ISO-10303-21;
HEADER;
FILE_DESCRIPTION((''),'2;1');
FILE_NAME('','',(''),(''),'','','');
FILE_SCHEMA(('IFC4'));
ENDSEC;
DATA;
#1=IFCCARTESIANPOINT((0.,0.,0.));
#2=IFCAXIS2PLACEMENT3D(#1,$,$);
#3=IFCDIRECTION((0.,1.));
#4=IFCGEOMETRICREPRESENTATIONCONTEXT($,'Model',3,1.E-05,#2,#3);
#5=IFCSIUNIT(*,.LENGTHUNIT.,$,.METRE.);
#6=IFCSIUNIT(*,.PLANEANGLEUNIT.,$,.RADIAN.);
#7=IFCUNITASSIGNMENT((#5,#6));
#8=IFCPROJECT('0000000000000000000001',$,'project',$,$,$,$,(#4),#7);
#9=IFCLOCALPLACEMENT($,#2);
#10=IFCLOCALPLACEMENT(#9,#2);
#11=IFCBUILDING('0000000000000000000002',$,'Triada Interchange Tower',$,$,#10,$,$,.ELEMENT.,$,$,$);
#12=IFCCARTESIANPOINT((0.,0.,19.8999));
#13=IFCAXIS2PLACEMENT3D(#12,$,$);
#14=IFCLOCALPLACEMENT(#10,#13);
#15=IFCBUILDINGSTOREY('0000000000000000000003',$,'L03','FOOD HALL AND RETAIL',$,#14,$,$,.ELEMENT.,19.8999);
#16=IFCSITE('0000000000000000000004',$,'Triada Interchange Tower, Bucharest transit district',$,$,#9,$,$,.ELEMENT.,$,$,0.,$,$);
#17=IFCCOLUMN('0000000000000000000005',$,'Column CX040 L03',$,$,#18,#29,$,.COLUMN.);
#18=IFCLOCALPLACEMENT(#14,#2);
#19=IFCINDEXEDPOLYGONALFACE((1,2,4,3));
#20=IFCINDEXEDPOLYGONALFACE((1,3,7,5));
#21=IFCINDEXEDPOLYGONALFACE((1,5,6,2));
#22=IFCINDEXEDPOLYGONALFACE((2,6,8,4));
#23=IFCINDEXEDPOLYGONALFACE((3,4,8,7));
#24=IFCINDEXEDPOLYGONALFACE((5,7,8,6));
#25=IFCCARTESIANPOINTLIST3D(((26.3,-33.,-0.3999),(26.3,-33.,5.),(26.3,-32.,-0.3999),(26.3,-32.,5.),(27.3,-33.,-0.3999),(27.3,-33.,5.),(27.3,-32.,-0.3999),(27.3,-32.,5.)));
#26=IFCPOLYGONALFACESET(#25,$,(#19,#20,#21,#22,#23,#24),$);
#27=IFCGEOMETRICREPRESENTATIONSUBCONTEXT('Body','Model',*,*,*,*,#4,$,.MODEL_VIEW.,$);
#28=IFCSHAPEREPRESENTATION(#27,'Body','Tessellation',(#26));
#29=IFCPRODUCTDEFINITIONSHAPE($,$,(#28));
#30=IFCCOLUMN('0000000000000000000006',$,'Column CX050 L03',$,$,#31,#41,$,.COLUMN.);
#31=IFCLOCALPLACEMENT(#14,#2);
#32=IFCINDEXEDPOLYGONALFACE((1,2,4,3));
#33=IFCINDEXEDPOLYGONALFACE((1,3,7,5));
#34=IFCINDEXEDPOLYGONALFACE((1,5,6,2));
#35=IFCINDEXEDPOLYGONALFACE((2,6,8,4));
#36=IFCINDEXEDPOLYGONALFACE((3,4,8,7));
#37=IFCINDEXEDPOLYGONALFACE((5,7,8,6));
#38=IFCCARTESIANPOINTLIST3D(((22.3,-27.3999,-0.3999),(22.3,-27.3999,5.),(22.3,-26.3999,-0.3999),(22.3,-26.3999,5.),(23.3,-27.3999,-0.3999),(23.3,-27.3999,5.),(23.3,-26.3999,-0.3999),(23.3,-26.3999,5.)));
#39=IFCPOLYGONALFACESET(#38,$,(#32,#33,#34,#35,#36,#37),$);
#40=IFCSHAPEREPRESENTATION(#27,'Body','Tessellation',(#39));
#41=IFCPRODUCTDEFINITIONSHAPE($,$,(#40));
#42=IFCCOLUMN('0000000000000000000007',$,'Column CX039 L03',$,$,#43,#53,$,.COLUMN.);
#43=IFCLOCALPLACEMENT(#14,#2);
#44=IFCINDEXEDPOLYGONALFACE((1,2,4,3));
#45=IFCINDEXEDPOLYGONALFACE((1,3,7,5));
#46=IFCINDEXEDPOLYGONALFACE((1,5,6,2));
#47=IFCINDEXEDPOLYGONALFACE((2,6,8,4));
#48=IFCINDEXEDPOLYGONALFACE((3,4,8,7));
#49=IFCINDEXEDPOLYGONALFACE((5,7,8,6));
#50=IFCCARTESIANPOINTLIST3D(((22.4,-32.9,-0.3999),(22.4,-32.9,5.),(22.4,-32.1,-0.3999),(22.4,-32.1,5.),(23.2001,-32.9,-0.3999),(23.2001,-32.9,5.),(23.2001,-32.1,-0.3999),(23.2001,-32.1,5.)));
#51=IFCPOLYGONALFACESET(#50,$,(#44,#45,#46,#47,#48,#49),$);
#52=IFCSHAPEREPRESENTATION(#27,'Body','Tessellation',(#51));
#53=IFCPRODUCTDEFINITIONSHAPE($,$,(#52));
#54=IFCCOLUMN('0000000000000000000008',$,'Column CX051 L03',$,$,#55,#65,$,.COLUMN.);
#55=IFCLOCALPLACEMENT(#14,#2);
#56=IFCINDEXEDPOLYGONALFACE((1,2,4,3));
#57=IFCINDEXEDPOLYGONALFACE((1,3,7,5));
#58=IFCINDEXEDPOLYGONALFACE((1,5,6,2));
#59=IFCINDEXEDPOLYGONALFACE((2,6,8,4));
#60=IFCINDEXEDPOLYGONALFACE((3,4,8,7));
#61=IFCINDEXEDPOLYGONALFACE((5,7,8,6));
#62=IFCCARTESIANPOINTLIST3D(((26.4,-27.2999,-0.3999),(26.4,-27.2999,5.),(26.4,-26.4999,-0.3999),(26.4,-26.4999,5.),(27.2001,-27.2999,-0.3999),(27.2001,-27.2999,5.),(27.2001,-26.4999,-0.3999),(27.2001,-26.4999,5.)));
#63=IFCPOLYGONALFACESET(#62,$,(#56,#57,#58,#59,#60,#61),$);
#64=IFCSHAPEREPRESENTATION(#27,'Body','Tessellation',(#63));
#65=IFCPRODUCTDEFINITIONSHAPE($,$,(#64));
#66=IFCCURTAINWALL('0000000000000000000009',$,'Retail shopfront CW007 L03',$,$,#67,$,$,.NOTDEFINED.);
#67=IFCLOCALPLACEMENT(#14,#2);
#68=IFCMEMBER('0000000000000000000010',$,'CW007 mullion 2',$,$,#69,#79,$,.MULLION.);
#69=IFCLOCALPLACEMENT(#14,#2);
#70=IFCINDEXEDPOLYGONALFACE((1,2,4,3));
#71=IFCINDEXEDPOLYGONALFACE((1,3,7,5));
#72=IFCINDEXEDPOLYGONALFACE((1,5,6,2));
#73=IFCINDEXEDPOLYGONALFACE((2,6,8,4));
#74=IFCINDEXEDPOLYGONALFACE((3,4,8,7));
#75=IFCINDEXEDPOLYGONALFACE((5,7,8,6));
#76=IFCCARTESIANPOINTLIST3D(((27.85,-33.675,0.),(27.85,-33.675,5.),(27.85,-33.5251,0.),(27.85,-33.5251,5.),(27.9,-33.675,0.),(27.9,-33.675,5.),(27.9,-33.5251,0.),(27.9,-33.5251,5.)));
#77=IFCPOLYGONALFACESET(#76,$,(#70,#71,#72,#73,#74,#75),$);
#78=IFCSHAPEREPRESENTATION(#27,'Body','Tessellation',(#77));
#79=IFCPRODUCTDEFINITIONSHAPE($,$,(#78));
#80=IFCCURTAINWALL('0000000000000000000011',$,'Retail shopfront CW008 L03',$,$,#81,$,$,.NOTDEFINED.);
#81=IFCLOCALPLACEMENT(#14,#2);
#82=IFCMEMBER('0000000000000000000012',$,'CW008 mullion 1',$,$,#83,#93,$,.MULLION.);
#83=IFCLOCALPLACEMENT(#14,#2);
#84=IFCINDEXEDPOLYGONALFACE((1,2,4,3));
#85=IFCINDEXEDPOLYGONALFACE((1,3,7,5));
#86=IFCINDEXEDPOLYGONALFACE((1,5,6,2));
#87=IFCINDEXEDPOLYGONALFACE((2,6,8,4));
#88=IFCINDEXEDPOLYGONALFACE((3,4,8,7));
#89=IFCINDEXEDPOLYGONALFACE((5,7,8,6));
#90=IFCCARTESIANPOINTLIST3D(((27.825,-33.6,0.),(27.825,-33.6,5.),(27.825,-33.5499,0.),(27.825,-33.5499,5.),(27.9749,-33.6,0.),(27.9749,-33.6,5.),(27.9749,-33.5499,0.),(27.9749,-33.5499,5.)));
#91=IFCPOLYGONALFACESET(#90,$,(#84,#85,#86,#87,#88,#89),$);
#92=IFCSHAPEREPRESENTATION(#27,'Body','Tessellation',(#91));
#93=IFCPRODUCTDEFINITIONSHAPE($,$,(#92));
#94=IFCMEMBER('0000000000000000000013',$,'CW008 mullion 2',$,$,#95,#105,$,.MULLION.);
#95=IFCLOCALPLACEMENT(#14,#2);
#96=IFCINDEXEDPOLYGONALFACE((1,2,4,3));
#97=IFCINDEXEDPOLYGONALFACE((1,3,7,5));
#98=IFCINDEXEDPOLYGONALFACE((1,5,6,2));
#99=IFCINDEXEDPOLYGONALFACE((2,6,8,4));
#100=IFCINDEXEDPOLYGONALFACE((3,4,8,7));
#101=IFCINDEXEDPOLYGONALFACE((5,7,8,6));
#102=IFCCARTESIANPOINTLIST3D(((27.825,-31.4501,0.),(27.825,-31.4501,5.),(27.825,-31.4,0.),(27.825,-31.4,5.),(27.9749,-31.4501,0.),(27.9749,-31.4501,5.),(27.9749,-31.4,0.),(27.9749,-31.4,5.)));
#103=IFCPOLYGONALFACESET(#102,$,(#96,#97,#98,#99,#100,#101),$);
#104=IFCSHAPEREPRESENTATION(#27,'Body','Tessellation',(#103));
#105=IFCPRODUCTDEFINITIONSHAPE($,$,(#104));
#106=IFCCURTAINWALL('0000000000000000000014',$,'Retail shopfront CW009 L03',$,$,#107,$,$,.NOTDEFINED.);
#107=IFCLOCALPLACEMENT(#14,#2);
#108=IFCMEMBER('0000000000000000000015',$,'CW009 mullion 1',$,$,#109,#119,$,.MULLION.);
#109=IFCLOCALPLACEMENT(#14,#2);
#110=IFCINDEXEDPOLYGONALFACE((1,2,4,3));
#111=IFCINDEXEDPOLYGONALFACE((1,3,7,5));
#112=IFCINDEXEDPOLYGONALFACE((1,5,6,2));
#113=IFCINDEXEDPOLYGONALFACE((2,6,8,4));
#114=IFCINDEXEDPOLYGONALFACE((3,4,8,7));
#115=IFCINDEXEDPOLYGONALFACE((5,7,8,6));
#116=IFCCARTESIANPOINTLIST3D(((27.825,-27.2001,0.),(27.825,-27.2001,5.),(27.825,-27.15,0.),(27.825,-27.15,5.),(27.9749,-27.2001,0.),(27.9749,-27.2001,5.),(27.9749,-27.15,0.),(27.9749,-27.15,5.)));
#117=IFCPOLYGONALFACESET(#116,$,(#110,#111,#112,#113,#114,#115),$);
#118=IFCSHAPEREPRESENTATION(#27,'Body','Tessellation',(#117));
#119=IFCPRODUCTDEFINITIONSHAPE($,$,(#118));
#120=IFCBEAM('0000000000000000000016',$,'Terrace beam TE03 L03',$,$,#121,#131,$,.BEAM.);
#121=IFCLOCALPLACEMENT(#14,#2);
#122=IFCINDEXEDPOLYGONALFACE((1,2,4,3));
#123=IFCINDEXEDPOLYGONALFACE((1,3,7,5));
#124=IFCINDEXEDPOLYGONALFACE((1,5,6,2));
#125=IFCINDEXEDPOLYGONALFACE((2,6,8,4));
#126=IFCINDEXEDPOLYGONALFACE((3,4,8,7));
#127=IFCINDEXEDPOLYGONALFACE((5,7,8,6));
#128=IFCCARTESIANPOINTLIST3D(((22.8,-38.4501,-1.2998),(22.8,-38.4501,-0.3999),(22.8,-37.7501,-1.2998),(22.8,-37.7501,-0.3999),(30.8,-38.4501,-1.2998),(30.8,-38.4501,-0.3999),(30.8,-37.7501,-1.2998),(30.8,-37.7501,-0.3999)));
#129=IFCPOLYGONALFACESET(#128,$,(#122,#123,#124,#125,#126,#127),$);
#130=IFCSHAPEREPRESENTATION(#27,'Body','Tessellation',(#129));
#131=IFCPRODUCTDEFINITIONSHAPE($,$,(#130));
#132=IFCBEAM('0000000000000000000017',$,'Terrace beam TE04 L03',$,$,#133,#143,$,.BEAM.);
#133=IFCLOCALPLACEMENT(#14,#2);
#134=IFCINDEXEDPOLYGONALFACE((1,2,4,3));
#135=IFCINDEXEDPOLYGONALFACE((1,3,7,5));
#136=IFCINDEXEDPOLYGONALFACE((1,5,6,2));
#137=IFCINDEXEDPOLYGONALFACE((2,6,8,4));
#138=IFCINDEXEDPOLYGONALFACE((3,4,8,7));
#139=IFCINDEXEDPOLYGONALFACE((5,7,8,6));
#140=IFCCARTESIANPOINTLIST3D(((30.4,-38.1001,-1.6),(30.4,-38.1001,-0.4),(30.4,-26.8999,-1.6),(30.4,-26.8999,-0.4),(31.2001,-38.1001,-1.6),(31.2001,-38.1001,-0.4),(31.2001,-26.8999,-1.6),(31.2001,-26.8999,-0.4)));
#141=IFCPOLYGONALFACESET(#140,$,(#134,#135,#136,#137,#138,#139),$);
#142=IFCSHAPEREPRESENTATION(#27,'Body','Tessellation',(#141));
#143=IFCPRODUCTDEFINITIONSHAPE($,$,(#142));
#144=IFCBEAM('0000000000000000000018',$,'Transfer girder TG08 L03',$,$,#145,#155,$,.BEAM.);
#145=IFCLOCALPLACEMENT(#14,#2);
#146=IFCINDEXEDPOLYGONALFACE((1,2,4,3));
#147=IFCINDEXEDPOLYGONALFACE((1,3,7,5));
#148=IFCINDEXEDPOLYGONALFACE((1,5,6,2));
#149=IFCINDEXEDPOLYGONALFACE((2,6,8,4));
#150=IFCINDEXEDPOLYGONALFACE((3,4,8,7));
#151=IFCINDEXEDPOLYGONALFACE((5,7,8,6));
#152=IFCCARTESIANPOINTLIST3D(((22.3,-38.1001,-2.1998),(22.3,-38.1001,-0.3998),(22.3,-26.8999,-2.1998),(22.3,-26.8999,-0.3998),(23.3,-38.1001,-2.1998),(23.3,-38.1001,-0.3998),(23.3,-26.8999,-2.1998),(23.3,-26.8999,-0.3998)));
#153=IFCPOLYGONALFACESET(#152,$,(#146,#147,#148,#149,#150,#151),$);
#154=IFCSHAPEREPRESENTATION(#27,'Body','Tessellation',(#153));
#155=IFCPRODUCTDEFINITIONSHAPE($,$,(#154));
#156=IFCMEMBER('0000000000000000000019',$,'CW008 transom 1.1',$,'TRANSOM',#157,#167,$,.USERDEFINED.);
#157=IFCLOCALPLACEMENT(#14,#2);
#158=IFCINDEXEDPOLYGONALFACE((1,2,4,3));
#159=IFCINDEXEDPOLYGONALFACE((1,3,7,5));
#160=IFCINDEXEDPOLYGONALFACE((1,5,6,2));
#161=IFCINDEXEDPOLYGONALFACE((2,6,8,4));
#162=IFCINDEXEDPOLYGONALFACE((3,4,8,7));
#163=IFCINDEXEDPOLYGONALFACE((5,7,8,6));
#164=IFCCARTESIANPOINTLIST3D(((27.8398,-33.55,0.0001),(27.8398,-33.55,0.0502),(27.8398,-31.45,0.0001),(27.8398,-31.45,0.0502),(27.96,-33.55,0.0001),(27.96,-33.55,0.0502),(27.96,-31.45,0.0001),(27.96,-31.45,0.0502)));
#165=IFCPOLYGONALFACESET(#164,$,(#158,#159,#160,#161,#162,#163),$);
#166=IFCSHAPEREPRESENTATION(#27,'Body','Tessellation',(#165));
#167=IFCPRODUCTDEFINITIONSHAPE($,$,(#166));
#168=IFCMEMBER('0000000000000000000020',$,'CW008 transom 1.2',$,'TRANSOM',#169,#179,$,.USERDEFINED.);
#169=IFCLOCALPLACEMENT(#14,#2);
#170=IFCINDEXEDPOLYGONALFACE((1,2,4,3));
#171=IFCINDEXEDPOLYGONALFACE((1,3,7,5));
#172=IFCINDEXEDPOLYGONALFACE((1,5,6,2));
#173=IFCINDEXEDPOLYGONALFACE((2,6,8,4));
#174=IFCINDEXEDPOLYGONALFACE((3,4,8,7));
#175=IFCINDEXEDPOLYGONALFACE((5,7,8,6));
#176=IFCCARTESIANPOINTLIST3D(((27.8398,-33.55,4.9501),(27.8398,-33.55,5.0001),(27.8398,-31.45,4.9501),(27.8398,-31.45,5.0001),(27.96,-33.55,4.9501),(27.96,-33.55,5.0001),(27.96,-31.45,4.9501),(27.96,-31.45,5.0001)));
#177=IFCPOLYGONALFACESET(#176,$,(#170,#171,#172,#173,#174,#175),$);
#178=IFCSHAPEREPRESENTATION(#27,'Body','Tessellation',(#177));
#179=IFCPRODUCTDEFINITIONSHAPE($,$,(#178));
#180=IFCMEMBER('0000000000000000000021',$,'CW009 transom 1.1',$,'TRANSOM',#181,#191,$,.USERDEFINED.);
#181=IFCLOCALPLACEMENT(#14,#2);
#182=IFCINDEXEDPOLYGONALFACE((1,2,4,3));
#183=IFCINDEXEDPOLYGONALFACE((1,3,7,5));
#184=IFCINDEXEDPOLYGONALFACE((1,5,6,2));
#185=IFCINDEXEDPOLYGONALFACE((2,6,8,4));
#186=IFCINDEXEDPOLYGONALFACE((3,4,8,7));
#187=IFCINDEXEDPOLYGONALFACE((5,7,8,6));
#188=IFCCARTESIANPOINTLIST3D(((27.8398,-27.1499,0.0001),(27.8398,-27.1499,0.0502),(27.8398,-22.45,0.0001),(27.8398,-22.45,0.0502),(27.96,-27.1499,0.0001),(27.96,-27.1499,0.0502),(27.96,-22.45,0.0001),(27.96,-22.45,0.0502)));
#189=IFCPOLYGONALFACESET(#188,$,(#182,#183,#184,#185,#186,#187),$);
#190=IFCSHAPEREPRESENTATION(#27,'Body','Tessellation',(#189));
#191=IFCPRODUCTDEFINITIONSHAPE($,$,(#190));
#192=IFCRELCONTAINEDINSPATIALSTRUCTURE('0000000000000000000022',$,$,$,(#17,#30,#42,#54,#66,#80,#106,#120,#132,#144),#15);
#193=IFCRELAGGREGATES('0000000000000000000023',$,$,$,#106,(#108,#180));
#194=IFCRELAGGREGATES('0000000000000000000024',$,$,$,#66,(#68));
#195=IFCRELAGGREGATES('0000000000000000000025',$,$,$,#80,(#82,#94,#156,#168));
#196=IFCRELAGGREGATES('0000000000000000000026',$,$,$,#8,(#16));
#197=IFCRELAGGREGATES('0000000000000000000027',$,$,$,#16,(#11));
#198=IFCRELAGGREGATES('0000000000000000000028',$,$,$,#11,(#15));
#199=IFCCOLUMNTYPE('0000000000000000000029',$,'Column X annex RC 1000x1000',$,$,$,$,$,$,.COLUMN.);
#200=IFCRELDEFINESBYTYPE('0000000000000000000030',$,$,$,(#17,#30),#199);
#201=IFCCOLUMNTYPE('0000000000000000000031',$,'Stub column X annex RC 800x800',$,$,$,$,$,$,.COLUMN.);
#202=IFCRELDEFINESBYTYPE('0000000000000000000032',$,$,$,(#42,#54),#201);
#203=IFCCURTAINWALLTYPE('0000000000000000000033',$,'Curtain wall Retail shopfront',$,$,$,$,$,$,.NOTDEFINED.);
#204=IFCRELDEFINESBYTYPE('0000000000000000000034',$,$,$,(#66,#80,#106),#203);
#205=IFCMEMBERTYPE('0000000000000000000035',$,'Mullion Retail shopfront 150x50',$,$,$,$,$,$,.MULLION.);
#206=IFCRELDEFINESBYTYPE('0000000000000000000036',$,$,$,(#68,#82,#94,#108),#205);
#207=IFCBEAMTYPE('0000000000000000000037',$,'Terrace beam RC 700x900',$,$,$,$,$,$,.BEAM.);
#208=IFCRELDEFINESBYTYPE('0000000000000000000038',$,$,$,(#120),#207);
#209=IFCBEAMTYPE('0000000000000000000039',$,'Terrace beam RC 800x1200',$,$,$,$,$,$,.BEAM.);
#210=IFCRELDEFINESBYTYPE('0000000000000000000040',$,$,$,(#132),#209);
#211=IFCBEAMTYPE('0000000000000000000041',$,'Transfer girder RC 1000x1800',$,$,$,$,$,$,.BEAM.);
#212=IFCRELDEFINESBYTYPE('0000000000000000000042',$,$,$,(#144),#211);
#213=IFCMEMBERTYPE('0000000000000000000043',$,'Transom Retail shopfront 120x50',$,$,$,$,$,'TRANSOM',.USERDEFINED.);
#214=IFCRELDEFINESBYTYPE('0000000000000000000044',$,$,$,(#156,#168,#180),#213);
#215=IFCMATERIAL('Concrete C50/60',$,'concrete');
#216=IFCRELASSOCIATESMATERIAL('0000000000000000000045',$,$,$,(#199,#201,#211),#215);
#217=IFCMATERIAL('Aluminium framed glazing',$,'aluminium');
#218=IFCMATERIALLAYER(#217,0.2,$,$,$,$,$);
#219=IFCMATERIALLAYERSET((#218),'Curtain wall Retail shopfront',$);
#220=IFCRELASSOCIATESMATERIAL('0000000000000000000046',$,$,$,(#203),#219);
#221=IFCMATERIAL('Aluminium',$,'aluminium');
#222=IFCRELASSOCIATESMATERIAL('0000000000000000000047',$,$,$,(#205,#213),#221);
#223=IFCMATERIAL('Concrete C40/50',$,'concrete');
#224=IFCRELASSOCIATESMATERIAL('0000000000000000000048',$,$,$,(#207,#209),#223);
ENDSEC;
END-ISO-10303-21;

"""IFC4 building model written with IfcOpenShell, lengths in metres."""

from ifc_helpers import new_model, si_unit, direction, frame, origin, origin_2d, place, context, subcontext, project, spatial, rectangle, extrude, material, layer, layer_set, material_profile, profile_set, type_object, element, aggregate, save


model = new_model("IFC4")

# Units and contexts
model_context = context("Model", 3, precision=1e-05, world=origin(), true_north=direction((0.0, 1.0)))
body_context = subcontext(model_context, "Body", "Model", "MODEL_VIEW")
ifc_project = project(units=[si_unit("LENGTHUNIT", "METRE"), si_unit("PLANEANGLEUNIT", "RADIAN")], contexts=[model_context])

# Site, building, storey
site_placement = place(None, origin())
site = spatial("IfcSite", under=ifc_project, at=site_placement, Name="Triada Interchange Tower, Bucharest transit district", CompositionType="ELEMENT", RefElevation=0.0)
building_placement = place(site_placement, origin())
building = spatial("IfcBuilding", under=site, at=building_placement, Name="Triada Interchange Tower", CompositionType="ELEMENT")
storey_placement = place(building_placement, frame((0.0, 0.0, 19.8999)))
storey = spatial("IfcBuildingStorey", under=building, at=storey_placement, Name="L03", Description="FOOD HALL AND RETAIL", CompositionType="ELEMENT", Elevation=19.8999)

# Columns
ifc_material_1 = material(Name="Concrete C50/60", Category="concrete")
ifc_material_profile_1 = material_profile(ifc_material_1, rectangle(XDim=1.0, YDim=1.0, at=origin_2d()), Name="RC 1000x1000")
ifc_profile_set_1 = profile_set([ifc_material_profile_1], Name="Concrete C50/60")
column_type_1 = type_object("IfcColumnType", Name="Column X annex RC 1000x1000", PredefinedType="COLUMN", material=ifc_profile_set_1)
for number, where, z_axis, x_axis, name in (
    (1, (26.8, -32.5, -0.3999), (0.0, 0.0, 1.0), (1.0, 0.0, 0.0), "Column CX040 L03"),
    (2, (22.8, -26.8999, -0.3999), (0.0, 0.0, 1.0), (1.0, 0.0, 0.0), "Column CX050 L03"),
):
    element("IfcColumn", number, at=place(storey_placement, frame(where, z_axis=z_axis, x_axis=x_axis)), inside=storey, type_object=column_type_1, Name=name, PredefinedType="COLUMN", context=body_context, shape_type="SweptSolid", body=[
        extrude(rectangle(XDim=1.0, YDim=1.0, at=origin_2d()), origin(), (0.0, 0.0, 1.0), 5.3999),
    ])
ifc_material_profile_2 = material_profile(ifc_material_1, rectangle(XDim=0.8, YDim=0.8, at=origin_2d()), Name="RC 800x800")
ifc_profile_set_2 = profile_set([ifc_material_profile_2], Name="Concrete C50/60")
column_type_2 = type_object("IfcColumnType", Name="Stub column X annex RC 800x800", PredefinedType="COLUMN", material=ifc_profile_set_2)
for number, where, z_axis, x_axis, name in (
    (3, (22.8, -32.5, -0.3999), (0.0, 0.0, 1.0), (1.0, 0.0, 0.0), "Column CX039 L03"),
    (4, (26.8, -26.8999, -0.3999), (0.0, 0.0, 1.0), (1.0, 0.0, 0.0), "Column CX051 L03"),
):
    element("IfcColumn", number, at=place(storey_placement, frame(where, z_axis=z_axis, x_axis=x_axis)), inside=storey, type_object=column_type_2, Name=name, PredefinedType="COLUMN", context=body_context, shape_type="SweptSolid", body=[
        extrude(rectangle(XDim=0.8, YDim=0.8, at=origin_2d()), origin(), (0.0, 0.0, 1.0), 5.3999),
    ])

# Curtain wall, member
ifc_material_2 = material(Name="Aluminium framed glazing", Category="aluminium")
ifc_layer_1 = layer(ifc_material_2, 0.2)
ifc_layer_set_1 = layer_set([ifc_layer_1], Name="Curtain wall Retail shopfront")
curtain_wall_type = type_object("IfcCurtainWallType", Name="Curtain wall Retail shopfront", PredefinedType="NOTDEFINED", material=ifc_layer_set_1)
curtain_wall_1_placement = place(storey_placement, origin())
curtain_wall_1 = element("IfcCurtainWall", 5, at=curtain_wall_1_placement, inside=storey, type_object=curtain_wall_type, Name="Retail shopfront CW007 L03", PredefinedType="NOTDEFINED")
ifc_material_3 = material(Name="Aluminium", Category="aluminium")
ifc_material_profile_3 = material_profile(ifc_material_3, rectangle(XDim=0.1499, YDim=0.05, at=origin_2d()), Name="Aluminium mullion")
ifc_profile_set_3 = profile_set([ifc_material_profile_3], Name="Aluminium")
member_type_1 = type_object("IfcMemberType", Name="Mullion Retail shopfront 150x50", PredefinedType="MULLION", material=ifc_profile_set_3)
member_1_placement = place(storey_placement, frame((27.875, -33.6001, 0.0), z_axis=(0.0, 0.0, 1.0), x_axis=(0.0, 1.0, 0.0)))
member_1 = element("IfcMember", 6, at=member_1_placement, type_object=member_type_1, Name="CW007 mullion 2", PredefinedType="MULLION", context=body_context, shape_type="SweptSolid", body=[
    extrude(rectangle(XDim=0.1499, YDim=0.05, at=origin_2d()), origin(), (0.0, 0.0, 1.0), 5.0),
])

# Curtain wall, members
curtain_wall_2_placement = place(storey_placement, origin())
curtain_wall_2 = element("IfcCurtainWall", 7, at=curtain_wall_2_placement, inside=storey, type_object=curtain_wall_type, Name="Retail shopfront CW008 L03", PredefinedType="NOTDEFINED")
member_2_placement = place(storey_placement, frame((27.8999, -33.575, 0.0), z_axis=(0.0, 0.0, 1.0), x_axis=(-1.0, 0.0, 0.0)))
member_2 = element("IfcMember", 8, at=member_2_placement, type_object=member_type_1, Name="CW008 mullion 1", PredefinedType="MULLION", context=body_context, shape_type="SweptSolid", body=[
    extrude(rectangle(XDim=0.1499, YDim=0.05, at=origin_2d()), origin(), (0.0, 0.0, 1.0), 5.0),
])
member_3_placement = place(storey_placement, frame((27.8999, -31.425, 0.0), z_axis=(0.0, 0.0, 1.0), x_axis=(-1.0, 0.0, 0.0)))
member_3 = element("IfcMember", 9, at=member_3_placement, type_object=member_type_1, Name="CW008 mullion 2", PredefinedType="MULLION", context=body_context, shape_type="SweptSolid", body=[
    extrude(rectangle(XDim=0.1499, YDim=0.05, at=origin_2d()), origin(), (0.0, 0.0, 1.0), 5.0),
])

# Curtain wall, member
curtain_wall_3_placement = place(storey_placement, origin())
curtain_wall_3 = element("IfcCurtainWall", 10, at=curtain_wall_3_placement, inside=storey, type_object=curtain_wall_type, Name="Retail shopfront CW009 L03", PredefinedType="NOTDEFINED")
member_4_placement = place(storey_placement, frame((27.8999, -27.175, 0.0), z_axis=(0.0, 0.0, 1.0), x_axis=(-1.0, 0.0, 0.0)))
member_4 = element("IfcMember", 11, at=member_4_placement, type_object=member_type_1, Name="CW009 mullion 1", PredefinedType="MULLION", context=body_context, shape_type="SweptSolid", body=[
    extrude(rectangle(XDim=0.1499, YDim=0.05, at=origin_2d()), origin(), (0.0, 0.0, 1.0), 5.0),
])

# Beams
ifc_material_4 = material(Name="Concrete C40/50", Category="concrete")
ifc_material_profile_4 = material_profile(ifc_material_4, rectangle(XDim=0.7, YDim=0.8999, at=origin_2d()), Name="RC 700x900")
ifc_profile_set_4 = profile_set([ifc_material_profile_4], Name="Concrete C40/50")
beam_type_1 = type_object("IfcBeamType", Name="Terrace beam RC 700x900", PredefinedType="BEAM", material=ifc_profile_set_4)
beam_1_placement = place(storey_placement, frame((30.8, -38.1001, -0.8499), z_axis=(-1.0, 0.0, 0.0), x_axis=(0.0, -1.0, 0.0)))
element("IfcBeam", 12, at=beam_1_placement, inside=storey, type_object=beam_type_1, Name="Terrace beam TE03 L03", PredefinedType="BEAM", context=body_context, shape_type="SweptSolid", body=[
    extrude(rectangle(XDim=0.7, YDim=0.8999, at=origin_2d()), origin(), (0.0, 0.0, 1.0), 8.0),
])
ifc_material_profile_5 = material_profile(ifc_material_4, rectangle(XDim=0.8, YDim=1.2, at=origin_2d()), Name="RC 800x1200")
ifc_profile_set_5 = profile_set([ifc_material_profile_5], Name="Concrete C40/50")
beam_type_2 = type_object("IfcBeamType", Name="Terrace beam RC 800x1200", PredefinedType="BEAM", material=ifc_profile_set_5)
beam_2_placement = place(storey_placement, frame((30.8, -38.1001, -1.0), z_axis=(0.0, 1.0, 0.0), x_axis=(-1.0, 0.0, 0.0)))
element("IfcBeam", 13, at=beam_2_placement, inside=storey, type_object=beam_type_2, Name="Terrace beam TE04 L03", PredefinedType="BEAM", context=body_context, shape_type="SweptSolid", body=[
    extrude(rectangle(XDim=0.8, YDim=1.2, at=origin_2d()), origin(), (0.0, 0.0, 1.0), 11.2002),
])
ifc_material_profile_6 = material_profile(ifc_material_1, rectangle(XDim=1.0, YDim=1.8, at=origin_2d()), Name="RC 1000x1800")
ifc_profile_set_6 = profile_set([ifc_material_profile_6], Name="Concrete C50/60")
beam_type_3 = type_object("IfcBeamType", Name="Transfer girder RC 1000x1800", PredefinedType="BEAM", material=ifc_profile_set_6)
beam_3_placement = place(storey_placement, frame((22.8, -38.1001, -1.2998), z_axis=(0.0, 1.0, 0.0), x_axis=(-1.0, 0.0, 0.0)))
element("IfcBeam", 14, at=beam_3_placement, inside=storey, type_object=beam_type_3, Name="Transfer girder TG08 L03", PredefinedType="BEAM", context=body_context, shape_type="SweptSolid", body=[
    extrude(rectangle(XDim=1.0, YDim=1.8, at=origin_2d()), origin(), (0.0, 0.0, 1.0), 11.2002),
])

# Members
ifc_material_profile_7 = material_profile(ifc_material_3, rectangle(XDim=0.1201, YDim=0.05, at=origin_2d()), Name="Aluminium transom")
ifc_profile_set_7 = profile_set([ifc_material_profile_7], Name="Aluminium")
member_type_2 = type_object("IfcMemberType", Name="Transom Retail shopfront 120x50", ElementType="TRANSOM", PredefinedType="USERDEFINED", material=ifc_profile_set_7)
member_5_placement = place(storey_placement, frame((27.8999, -33.55, 0.0251), z_axis=(0.0, 1.0, 0.0), x_axis=(-1.0, 0.0, 0.0)))
member_5 = element("IfcMember", 15, at=member_5_placement, type_object=member_type_2, Name="CW008 transom 1.1", ObjectType="TRANSOM", PredefinedType="USERDEFINED", context=body_context, shape_type="SweptSolid", body=[
    extrude(rectangle(XDim=0.1201, YDim=0.05, at=origin_2d()), origin(), (0.0, 0.0, 1.0), 2.1001),
])
member_6_placement = place(storey_placement, frame((27.8999, -33.55, 4.9751), z_axis=(0.0, 1.0, 0.0), x_axis=(-1.0, 0.0, 0.0)))
member_6 = element("IfcMember", 16, at=member_6_placement, type_object=member_type_2, Name="CW008 transom 1.2", ObjectType="TRANSOM", PredefinedType="USERDEFINED", context=body_context, shape_type="SweptSolid", body=[
    extrude(rectangle(XDim=0.1201, YDim=0.05, at=origin_2d()), origin(), (0.0, 0.0, 1.0), 2.1001),
])
member_7_placement = place(storey_placement, frame((27.8999, -27.1499, 0.0251), z_axis=(0.0, 1.0, 0.0), x_axis=(-1.0, 0.0, 0.0)))
member_7 = element("IfcMember", 17, at=member_7_placement, type_object=member_type_2, Name="CW009 transom 1.1", ObjectType="TRANSOM", PredefinedType="USERDEFINED", context=body_context, shape_type="SweptSolid", body=[
    extrude(rectangle(XDim=0.1201, YDim=0.05, at=origin_2d()), origin(), (0.0, 0.0, 1.0), 4.7),
])
aggregate(curtain_wall_3, [member_4, member_7])

aggregate(curtain_wall_1, [member_1])
aggregate(curtain_wall_2, [member_2, member_3, member_5, member_6])

save(model, "model.ifc")
